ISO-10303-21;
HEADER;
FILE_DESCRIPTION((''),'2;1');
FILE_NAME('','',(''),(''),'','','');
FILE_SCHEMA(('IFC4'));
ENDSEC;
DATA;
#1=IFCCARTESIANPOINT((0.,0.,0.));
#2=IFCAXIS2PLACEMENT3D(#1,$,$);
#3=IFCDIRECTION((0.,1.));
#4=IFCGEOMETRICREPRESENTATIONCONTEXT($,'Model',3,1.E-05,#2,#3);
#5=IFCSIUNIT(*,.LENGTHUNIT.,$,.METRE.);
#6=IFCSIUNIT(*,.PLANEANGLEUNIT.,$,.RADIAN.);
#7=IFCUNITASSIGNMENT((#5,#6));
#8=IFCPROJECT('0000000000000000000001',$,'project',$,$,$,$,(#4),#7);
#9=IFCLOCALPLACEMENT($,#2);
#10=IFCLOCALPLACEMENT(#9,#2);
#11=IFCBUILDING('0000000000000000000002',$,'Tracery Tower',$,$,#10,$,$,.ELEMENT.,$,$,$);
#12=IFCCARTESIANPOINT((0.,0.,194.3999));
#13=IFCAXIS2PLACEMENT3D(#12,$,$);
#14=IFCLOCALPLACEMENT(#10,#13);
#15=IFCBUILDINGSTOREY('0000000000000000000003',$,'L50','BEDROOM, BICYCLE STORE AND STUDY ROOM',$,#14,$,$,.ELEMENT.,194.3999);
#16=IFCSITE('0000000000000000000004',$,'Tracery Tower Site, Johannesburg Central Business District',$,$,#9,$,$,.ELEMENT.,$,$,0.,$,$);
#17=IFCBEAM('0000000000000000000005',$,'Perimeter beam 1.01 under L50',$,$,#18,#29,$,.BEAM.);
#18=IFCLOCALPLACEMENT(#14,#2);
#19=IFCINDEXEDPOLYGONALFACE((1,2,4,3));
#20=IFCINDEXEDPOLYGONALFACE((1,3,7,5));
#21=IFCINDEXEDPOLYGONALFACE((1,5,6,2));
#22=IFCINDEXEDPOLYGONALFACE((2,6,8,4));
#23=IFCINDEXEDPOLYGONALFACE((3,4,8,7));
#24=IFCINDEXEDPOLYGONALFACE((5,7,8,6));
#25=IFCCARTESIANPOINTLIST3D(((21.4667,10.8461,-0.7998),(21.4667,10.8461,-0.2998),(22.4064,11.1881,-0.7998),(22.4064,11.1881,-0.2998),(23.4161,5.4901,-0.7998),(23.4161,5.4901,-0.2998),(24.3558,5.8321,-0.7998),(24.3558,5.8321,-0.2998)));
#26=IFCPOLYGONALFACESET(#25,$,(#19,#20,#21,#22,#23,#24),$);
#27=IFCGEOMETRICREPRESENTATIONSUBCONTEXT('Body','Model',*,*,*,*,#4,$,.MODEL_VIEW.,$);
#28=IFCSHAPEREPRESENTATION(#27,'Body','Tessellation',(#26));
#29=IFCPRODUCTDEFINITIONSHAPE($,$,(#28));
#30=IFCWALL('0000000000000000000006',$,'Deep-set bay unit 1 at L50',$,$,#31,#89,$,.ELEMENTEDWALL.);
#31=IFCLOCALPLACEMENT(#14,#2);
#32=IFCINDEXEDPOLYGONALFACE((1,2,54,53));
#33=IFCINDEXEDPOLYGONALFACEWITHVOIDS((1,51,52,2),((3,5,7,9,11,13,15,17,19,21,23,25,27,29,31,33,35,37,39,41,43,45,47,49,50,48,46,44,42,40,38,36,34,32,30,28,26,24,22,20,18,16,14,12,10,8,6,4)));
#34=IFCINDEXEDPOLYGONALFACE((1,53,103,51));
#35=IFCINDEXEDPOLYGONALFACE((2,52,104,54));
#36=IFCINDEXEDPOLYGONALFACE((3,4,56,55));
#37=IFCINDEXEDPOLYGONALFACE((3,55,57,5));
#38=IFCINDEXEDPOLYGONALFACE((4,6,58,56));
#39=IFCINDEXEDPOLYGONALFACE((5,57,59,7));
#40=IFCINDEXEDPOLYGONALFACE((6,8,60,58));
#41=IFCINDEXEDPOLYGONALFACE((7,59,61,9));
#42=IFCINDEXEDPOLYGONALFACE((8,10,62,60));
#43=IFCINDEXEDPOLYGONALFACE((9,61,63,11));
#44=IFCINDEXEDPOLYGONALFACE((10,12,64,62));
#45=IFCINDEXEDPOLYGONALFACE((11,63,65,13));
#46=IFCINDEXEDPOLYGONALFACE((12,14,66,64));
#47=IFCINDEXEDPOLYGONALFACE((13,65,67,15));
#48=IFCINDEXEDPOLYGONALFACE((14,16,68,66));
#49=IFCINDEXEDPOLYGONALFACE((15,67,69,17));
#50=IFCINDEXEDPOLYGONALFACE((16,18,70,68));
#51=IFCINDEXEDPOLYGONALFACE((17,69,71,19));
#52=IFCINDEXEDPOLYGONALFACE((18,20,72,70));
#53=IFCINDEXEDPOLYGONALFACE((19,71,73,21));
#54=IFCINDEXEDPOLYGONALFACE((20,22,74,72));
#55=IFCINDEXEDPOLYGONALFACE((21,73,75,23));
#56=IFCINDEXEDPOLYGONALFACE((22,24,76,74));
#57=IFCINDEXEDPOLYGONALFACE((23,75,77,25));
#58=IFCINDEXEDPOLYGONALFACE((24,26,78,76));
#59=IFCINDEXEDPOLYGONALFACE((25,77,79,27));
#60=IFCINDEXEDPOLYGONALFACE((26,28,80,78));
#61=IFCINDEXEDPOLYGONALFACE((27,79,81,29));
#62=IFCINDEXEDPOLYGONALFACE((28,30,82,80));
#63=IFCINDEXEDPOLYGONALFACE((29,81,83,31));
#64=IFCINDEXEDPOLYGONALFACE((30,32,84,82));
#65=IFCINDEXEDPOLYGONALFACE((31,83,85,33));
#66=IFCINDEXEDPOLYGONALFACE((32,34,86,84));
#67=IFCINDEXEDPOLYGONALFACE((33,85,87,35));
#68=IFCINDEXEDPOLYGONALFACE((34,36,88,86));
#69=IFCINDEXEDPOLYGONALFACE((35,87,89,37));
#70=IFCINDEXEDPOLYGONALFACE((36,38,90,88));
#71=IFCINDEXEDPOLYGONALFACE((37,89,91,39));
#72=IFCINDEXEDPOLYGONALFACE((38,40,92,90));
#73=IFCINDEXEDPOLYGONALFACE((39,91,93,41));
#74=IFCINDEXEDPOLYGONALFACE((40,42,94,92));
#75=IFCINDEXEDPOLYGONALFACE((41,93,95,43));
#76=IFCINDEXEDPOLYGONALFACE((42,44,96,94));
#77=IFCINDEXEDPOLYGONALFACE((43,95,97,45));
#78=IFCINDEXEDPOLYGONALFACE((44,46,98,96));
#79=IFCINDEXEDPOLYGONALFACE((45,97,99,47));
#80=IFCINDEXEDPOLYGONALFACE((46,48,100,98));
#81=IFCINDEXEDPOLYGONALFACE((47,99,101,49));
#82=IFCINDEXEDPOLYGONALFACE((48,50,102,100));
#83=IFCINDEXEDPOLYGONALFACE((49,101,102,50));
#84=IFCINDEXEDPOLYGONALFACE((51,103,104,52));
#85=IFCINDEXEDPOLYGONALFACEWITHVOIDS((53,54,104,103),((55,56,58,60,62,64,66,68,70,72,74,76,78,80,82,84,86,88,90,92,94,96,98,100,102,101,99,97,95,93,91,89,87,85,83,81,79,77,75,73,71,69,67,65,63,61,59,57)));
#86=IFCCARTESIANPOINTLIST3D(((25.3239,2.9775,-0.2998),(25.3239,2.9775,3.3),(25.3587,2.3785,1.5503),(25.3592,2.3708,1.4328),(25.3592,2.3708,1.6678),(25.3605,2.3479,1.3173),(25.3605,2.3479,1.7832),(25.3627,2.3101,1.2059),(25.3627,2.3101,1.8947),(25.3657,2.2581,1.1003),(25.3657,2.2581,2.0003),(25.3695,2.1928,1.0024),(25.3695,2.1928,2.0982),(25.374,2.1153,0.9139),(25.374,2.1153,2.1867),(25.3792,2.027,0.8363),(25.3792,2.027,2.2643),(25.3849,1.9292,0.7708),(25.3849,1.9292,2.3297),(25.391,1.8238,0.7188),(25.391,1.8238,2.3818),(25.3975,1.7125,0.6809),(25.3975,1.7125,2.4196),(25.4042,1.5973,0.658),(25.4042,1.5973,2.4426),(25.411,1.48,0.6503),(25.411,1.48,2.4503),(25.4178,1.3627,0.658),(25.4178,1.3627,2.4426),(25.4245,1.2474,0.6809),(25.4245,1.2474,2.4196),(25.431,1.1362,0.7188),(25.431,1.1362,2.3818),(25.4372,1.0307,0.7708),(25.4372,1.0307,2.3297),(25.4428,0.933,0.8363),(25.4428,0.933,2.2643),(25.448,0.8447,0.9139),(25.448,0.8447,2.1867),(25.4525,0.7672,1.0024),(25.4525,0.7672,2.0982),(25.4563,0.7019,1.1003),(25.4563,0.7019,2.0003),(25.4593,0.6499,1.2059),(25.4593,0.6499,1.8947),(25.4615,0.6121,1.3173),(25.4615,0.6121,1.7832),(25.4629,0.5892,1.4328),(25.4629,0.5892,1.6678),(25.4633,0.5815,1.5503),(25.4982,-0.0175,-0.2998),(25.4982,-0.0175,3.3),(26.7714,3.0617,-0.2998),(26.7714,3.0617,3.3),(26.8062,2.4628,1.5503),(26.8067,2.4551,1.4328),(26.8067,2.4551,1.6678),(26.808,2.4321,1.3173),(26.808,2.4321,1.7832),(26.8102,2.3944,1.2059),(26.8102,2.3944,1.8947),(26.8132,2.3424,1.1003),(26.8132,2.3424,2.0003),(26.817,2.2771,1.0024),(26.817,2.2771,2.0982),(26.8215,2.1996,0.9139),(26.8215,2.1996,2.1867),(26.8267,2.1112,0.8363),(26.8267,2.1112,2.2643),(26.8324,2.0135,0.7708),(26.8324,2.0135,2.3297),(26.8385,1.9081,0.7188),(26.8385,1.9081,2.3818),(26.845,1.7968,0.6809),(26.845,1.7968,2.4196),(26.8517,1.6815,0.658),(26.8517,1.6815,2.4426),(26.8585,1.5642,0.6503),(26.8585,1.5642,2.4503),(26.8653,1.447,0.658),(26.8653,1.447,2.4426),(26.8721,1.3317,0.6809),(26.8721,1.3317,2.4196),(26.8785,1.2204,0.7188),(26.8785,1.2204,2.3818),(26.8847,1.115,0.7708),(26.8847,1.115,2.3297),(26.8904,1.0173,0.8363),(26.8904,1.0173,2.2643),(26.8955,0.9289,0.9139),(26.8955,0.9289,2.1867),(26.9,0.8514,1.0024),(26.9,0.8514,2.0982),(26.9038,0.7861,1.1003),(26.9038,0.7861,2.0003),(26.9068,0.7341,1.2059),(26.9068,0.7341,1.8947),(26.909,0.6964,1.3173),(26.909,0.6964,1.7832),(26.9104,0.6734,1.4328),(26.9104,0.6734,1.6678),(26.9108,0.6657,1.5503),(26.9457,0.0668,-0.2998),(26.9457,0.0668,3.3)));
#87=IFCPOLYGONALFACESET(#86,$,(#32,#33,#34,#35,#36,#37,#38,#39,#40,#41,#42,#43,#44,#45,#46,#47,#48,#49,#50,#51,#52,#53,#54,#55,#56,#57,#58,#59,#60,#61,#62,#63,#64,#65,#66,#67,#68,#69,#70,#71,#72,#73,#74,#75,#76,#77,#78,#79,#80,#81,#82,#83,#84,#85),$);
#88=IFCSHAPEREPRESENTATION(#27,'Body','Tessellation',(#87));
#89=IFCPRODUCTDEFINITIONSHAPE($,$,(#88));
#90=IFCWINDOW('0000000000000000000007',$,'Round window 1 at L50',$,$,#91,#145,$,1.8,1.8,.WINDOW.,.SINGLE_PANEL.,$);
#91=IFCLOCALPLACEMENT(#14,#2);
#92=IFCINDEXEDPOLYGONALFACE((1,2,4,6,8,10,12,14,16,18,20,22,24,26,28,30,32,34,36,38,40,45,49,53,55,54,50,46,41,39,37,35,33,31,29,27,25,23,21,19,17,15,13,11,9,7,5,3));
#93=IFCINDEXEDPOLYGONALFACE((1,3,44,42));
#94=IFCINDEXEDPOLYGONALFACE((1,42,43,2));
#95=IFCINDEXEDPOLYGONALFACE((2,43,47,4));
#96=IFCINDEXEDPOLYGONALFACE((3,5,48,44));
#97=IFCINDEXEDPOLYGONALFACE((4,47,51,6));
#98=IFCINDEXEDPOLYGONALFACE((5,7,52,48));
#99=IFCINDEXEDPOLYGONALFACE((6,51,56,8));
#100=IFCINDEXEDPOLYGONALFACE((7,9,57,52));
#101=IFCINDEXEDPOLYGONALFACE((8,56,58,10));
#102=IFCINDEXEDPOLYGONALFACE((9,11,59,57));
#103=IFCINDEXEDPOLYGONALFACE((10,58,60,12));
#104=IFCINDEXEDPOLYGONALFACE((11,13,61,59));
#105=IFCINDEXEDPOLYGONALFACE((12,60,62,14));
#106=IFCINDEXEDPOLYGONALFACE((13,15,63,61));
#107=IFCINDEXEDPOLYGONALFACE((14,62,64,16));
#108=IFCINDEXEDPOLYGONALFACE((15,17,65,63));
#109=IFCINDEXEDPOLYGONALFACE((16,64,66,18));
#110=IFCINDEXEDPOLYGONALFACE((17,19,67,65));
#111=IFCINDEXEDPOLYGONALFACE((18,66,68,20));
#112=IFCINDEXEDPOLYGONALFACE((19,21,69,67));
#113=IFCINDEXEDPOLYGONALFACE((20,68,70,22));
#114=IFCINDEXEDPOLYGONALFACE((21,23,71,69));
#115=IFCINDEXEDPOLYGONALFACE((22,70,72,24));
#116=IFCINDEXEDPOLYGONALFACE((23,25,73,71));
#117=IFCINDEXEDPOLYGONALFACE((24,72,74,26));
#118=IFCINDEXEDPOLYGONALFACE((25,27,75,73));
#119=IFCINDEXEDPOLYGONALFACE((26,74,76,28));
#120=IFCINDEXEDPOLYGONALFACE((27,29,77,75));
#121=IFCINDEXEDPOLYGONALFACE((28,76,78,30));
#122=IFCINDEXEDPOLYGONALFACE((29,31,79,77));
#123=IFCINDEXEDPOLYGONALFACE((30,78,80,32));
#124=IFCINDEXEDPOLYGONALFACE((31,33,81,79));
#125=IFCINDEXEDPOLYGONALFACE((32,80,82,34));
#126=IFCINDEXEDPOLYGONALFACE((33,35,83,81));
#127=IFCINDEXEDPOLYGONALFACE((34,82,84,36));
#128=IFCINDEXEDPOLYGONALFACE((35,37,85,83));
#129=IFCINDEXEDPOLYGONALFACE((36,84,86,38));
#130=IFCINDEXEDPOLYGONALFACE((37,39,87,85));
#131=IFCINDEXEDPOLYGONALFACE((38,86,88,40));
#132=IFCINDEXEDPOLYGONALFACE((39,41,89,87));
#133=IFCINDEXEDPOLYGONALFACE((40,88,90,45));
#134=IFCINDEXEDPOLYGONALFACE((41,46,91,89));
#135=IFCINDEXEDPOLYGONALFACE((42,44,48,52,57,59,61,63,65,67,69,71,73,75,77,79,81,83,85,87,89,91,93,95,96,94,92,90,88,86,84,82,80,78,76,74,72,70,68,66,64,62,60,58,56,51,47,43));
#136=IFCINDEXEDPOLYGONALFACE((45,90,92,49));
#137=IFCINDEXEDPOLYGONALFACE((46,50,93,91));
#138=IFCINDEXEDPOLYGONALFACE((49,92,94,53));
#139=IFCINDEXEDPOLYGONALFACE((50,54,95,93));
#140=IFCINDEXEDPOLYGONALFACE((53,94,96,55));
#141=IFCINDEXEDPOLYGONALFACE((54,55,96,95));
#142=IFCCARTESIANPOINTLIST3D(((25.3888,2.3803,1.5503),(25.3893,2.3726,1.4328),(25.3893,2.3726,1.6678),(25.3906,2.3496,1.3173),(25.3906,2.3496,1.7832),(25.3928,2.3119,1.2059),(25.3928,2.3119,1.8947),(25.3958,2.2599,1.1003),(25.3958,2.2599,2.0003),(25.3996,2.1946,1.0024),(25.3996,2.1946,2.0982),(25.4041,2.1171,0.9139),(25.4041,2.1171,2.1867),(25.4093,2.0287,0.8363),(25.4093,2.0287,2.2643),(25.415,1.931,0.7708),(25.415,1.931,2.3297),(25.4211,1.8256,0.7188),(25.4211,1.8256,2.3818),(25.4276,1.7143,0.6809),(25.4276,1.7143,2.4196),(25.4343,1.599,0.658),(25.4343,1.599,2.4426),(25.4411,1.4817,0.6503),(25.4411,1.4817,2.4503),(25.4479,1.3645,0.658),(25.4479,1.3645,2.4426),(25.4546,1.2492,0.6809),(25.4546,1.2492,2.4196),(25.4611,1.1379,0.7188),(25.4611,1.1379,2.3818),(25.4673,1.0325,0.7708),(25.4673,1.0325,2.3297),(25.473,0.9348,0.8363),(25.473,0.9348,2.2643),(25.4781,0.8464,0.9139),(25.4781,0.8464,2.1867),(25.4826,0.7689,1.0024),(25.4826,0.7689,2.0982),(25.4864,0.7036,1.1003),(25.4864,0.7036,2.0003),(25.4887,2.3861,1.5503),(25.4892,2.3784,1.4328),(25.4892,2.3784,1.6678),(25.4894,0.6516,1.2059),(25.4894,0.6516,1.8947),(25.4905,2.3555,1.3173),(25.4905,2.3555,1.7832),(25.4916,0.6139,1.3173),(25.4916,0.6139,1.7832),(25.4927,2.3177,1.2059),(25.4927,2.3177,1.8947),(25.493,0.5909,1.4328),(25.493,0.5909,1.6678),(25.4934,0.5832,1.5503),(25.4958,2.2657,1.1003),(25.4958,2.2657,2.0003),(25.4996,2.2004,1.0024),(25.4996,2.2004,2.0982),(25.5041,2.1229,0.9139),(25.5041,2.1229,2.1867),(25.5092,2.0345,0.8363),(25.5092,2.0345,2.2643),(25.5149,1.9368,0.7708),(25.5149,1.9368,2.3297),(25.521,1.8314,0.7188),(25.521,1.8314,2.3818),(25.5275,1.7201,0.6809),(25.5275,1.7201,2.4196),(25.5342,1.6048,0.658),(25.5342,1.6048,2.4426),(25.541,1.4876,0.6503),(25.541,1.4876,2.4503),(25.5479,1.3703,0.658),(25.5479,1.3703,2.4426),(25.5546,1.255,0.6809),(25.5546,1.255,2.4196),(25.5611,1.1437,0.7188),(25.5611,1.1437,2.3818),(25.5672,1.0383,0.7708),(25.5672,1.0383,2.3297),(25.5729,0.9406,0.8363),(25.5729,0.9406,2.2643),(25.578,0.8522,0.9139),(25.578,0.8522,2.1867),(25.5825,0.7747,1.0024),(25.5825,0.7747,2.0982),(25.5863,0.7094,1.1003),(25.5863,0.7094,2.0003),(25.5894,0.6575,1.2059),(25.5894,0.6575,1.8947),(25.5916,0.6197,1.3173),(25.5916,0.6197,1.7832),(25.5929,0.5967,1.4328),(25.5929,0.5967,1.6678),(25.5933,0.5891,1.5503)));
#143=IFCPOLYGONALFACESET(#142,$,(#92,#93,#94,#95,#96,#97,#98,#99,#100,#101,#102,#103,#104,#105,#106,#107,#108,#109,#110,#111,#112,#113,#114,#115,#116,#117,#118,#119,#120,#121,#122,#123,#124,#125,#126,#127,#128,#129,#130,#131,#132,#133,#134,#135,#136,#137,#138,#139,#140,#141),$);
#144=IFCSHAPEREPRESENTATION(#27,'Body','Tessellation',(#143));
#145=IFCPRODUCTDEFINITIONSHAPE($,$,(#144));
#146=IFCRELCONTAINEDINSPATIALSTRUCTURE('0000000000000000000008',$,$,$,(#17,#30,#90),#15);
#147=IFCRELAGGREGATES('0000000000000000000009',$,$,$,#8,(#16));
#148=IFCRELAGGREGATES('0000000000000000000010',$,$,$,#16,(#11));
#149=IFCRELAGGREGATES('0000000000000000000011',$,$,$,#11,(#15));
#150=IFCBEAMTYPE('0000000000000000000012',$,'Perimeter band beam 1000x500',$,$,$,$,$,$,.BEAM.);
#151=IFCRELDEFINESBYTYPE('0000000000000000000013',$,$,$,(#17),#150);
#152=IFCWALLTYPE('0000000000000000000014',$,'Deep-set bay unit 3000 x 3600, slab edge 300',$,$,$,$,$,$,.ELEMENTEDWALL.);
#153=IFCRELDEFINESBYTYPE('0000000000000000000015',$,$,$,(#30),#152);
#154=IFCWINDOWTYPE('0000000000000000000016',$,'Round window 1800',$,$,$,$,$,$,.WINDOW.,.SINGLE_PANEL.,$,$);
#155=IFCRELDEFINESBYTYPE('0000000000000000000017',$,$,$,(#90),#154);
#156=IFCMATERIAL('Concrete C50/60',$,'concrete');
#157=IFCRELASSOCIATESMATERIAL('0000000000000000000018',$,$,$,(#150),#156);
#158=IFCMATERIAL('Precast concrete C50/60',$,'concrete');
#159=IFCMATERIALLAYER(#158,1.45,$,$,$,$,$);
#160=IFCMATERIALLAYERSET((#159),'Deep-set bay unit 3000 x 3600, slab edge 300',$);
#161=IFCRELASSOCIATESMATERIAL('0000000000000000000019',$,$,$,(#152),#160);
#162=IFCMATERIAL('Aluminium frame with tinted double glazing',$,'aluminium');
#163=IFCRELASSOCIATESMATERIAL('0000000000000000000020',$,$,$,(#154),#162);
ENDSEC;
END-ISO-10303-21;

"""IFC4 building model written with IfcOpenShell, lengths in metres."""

from ifc_helpers import new_model, si_unit, direction, frame, frame_2d, origin, origin_2d, place, context, subcontext, project, spatial, rectangle, circle, extrude, material, layer, layer_set, material_profile, profile_set, type_object, element, fill, save


model = new_model("IFC4")

# Units and contexts
model_context = context("Model", 3, precision=1e-05, world=origin(), true_north=direction((0.0, 1.0)))
body_context = subcontext(model_context, "Body", "Model", "MODEL_VIEW")
ifc_project = project(units=[si_unit("LENGTHUNIT", "METRE"), si_unit("PLANEANGLEUNIT", "RADIAN")], contexts=[model_context])

# Site, building, storey
site_placement = place(None, origin())
site = spatial("IfcSite", under=ifc_project, at=site_placement, Name="Tracery Tower Site, Johannesburg Central Business District", CompositionType="ELEMENT", RefElevation=0.0)
building_placement = place(site_placement, origin())
building = spatial("IfcBuilding", under=site, at=building_placement, Name="Tracery Tower", CompositionType="ELEMENT")
storey_placement = place(building_placement, frame((0.0, 0.0, 194.3999)))
storey = spatial("IfcBuildingStorey", under=building, at=storey_placement, Name="L50", Description="BEDROOM, BICYCLE STORE AND STUDY ROOM", CompositionType="ELEMENT", Elevation=194.3999)

# Beam
ifc_material_1 = material(Name="Concrete C50/60", Category="concrete")
ifc_material_profile_1 = material_profile(ifc_material_1, rectangle(XDim=1.0, YDim=0.5, at=origin_2d()), Name="RC 1000x500")
ifc_profile_set_1 = profile_set([ifc_material_profile_1], Name="Concrete C50/60")
beam_type_1 = type_object("IfcBeamType", Name="Perimeter band beam 1000x500", PredefinedType="BEAM", material=ifc_profile_set_1)
for number, where, z_axis, x_axis, name in (
    (1, (23.886, 5.6611, -0.5498), (-0.342029, 0.93969, 0.0), (-0.93969, -0.342029, 0.0), "Perimeter beam 1.01 under L50"),
):
    element("IfcBeam", number, at=place(storey_placement, frame(where, z_axis=z_axis, x_axis=x_axis)), inside=storey, type_object=beam_type_1, Name=name, PredefinedType="BEAM", context=body_context, shape_type="SweptSolid", body=[
        extrude(rectangle(XDim=1.0, YDim=0.5, at=origin_2d()), origin(), (0.0, 0.0, 1.0), 5.6997),
    ])

# Wall, opening, window
ifc_material_2 = material(Name="Precast concrete C50/60", Category="concrete")
ifc_layer_1 = layer(ifc_material_2, 1.45)
ifc_layer_set_1 = layer_set([ifc_layer_1], Name="Deep-set bay unit 3000 x 3600, slab edge 300")
wall_type_1 = type_object("IfcWallType", Name="Deep-set bay unit 3000 x 3600, slab edge 300", PredefinedType="ELEMENTEDWALL", material=ifc_layer_set_1)
wall_1_placement = place(storey_placement, frame((26.2219, 0.0247, -0.2998), z_axis=(0.0, 0.0, 1.0), x_axis=(-0.058107, 0.99831, 0.0)))
wall_1 = element("IfcWall", 2, at=wall_1_placement, inside=storey, type_object=wall_type_1, Name="Deep-set bay unit 1 at L50", PredefinedType="ELEMENTEDWALL", context=body_context, shape_type="SweptSolid", body=[
    extrude(rectangle(XDim=3.0, YDim=1.45, at=frame_2d((1.5, 0.0))), origin(), (0.0, 0.0, 1.0), 3.5999),
])
opening_1_placement = place(wall_1_placement, frame((1.5, 0.0, 1.8501)))
opening_1 = element("IfcOpeningElement", 3, at=opening_1_placement, cuts=wall_1, PredefinedType="OPENING", context=body_context, shape_type="SweptSolid", body=[
    extrude(circle(Radius=0.9, at=origin_2d()), frame((0.0, 0.7349, 0.0), z_axis=(0.0, -1.0, 0.0), x_axis=(1.0, 0.0, 0.0)), (0.0, 0.0, 1.0), 1.47),
])
ifc_material_3 = material(Name="Aluminium frame with tinted double glazing", Category="aluminium")
window_type = type_object("IfcWindowType", Name="Round window 1800", PartitioningType="SINGLE_PANEL", PredefinedType="WINDOW", material=ifc_material_3)
window_1_placement = place(opening_1_placement, origin())
window_1 = element("IfcWindow", 4, at=window_1_placement, inside=storey, type_object=window_type, Name="Round window 1 at L50", OverallHeight=1.8, OverallWidth=1.8, PartitioningType="SINGLE_PANEL", PredefinedType="WINDOW", context=body_context, shape_type="SweptSolid", body=[
    extrude(circle(Radius=0.9, at=origin_2d()), frame((0.0, 0.6948, 0.0), z_axis=(0.0, -1.0, 0.0), x_axis=(1.0, 0.0, 0.0)), (0.0, 0.0, 1.0), 0.1001),
])
fill(opening_1, window_1)

save(model, "model.ifc")
